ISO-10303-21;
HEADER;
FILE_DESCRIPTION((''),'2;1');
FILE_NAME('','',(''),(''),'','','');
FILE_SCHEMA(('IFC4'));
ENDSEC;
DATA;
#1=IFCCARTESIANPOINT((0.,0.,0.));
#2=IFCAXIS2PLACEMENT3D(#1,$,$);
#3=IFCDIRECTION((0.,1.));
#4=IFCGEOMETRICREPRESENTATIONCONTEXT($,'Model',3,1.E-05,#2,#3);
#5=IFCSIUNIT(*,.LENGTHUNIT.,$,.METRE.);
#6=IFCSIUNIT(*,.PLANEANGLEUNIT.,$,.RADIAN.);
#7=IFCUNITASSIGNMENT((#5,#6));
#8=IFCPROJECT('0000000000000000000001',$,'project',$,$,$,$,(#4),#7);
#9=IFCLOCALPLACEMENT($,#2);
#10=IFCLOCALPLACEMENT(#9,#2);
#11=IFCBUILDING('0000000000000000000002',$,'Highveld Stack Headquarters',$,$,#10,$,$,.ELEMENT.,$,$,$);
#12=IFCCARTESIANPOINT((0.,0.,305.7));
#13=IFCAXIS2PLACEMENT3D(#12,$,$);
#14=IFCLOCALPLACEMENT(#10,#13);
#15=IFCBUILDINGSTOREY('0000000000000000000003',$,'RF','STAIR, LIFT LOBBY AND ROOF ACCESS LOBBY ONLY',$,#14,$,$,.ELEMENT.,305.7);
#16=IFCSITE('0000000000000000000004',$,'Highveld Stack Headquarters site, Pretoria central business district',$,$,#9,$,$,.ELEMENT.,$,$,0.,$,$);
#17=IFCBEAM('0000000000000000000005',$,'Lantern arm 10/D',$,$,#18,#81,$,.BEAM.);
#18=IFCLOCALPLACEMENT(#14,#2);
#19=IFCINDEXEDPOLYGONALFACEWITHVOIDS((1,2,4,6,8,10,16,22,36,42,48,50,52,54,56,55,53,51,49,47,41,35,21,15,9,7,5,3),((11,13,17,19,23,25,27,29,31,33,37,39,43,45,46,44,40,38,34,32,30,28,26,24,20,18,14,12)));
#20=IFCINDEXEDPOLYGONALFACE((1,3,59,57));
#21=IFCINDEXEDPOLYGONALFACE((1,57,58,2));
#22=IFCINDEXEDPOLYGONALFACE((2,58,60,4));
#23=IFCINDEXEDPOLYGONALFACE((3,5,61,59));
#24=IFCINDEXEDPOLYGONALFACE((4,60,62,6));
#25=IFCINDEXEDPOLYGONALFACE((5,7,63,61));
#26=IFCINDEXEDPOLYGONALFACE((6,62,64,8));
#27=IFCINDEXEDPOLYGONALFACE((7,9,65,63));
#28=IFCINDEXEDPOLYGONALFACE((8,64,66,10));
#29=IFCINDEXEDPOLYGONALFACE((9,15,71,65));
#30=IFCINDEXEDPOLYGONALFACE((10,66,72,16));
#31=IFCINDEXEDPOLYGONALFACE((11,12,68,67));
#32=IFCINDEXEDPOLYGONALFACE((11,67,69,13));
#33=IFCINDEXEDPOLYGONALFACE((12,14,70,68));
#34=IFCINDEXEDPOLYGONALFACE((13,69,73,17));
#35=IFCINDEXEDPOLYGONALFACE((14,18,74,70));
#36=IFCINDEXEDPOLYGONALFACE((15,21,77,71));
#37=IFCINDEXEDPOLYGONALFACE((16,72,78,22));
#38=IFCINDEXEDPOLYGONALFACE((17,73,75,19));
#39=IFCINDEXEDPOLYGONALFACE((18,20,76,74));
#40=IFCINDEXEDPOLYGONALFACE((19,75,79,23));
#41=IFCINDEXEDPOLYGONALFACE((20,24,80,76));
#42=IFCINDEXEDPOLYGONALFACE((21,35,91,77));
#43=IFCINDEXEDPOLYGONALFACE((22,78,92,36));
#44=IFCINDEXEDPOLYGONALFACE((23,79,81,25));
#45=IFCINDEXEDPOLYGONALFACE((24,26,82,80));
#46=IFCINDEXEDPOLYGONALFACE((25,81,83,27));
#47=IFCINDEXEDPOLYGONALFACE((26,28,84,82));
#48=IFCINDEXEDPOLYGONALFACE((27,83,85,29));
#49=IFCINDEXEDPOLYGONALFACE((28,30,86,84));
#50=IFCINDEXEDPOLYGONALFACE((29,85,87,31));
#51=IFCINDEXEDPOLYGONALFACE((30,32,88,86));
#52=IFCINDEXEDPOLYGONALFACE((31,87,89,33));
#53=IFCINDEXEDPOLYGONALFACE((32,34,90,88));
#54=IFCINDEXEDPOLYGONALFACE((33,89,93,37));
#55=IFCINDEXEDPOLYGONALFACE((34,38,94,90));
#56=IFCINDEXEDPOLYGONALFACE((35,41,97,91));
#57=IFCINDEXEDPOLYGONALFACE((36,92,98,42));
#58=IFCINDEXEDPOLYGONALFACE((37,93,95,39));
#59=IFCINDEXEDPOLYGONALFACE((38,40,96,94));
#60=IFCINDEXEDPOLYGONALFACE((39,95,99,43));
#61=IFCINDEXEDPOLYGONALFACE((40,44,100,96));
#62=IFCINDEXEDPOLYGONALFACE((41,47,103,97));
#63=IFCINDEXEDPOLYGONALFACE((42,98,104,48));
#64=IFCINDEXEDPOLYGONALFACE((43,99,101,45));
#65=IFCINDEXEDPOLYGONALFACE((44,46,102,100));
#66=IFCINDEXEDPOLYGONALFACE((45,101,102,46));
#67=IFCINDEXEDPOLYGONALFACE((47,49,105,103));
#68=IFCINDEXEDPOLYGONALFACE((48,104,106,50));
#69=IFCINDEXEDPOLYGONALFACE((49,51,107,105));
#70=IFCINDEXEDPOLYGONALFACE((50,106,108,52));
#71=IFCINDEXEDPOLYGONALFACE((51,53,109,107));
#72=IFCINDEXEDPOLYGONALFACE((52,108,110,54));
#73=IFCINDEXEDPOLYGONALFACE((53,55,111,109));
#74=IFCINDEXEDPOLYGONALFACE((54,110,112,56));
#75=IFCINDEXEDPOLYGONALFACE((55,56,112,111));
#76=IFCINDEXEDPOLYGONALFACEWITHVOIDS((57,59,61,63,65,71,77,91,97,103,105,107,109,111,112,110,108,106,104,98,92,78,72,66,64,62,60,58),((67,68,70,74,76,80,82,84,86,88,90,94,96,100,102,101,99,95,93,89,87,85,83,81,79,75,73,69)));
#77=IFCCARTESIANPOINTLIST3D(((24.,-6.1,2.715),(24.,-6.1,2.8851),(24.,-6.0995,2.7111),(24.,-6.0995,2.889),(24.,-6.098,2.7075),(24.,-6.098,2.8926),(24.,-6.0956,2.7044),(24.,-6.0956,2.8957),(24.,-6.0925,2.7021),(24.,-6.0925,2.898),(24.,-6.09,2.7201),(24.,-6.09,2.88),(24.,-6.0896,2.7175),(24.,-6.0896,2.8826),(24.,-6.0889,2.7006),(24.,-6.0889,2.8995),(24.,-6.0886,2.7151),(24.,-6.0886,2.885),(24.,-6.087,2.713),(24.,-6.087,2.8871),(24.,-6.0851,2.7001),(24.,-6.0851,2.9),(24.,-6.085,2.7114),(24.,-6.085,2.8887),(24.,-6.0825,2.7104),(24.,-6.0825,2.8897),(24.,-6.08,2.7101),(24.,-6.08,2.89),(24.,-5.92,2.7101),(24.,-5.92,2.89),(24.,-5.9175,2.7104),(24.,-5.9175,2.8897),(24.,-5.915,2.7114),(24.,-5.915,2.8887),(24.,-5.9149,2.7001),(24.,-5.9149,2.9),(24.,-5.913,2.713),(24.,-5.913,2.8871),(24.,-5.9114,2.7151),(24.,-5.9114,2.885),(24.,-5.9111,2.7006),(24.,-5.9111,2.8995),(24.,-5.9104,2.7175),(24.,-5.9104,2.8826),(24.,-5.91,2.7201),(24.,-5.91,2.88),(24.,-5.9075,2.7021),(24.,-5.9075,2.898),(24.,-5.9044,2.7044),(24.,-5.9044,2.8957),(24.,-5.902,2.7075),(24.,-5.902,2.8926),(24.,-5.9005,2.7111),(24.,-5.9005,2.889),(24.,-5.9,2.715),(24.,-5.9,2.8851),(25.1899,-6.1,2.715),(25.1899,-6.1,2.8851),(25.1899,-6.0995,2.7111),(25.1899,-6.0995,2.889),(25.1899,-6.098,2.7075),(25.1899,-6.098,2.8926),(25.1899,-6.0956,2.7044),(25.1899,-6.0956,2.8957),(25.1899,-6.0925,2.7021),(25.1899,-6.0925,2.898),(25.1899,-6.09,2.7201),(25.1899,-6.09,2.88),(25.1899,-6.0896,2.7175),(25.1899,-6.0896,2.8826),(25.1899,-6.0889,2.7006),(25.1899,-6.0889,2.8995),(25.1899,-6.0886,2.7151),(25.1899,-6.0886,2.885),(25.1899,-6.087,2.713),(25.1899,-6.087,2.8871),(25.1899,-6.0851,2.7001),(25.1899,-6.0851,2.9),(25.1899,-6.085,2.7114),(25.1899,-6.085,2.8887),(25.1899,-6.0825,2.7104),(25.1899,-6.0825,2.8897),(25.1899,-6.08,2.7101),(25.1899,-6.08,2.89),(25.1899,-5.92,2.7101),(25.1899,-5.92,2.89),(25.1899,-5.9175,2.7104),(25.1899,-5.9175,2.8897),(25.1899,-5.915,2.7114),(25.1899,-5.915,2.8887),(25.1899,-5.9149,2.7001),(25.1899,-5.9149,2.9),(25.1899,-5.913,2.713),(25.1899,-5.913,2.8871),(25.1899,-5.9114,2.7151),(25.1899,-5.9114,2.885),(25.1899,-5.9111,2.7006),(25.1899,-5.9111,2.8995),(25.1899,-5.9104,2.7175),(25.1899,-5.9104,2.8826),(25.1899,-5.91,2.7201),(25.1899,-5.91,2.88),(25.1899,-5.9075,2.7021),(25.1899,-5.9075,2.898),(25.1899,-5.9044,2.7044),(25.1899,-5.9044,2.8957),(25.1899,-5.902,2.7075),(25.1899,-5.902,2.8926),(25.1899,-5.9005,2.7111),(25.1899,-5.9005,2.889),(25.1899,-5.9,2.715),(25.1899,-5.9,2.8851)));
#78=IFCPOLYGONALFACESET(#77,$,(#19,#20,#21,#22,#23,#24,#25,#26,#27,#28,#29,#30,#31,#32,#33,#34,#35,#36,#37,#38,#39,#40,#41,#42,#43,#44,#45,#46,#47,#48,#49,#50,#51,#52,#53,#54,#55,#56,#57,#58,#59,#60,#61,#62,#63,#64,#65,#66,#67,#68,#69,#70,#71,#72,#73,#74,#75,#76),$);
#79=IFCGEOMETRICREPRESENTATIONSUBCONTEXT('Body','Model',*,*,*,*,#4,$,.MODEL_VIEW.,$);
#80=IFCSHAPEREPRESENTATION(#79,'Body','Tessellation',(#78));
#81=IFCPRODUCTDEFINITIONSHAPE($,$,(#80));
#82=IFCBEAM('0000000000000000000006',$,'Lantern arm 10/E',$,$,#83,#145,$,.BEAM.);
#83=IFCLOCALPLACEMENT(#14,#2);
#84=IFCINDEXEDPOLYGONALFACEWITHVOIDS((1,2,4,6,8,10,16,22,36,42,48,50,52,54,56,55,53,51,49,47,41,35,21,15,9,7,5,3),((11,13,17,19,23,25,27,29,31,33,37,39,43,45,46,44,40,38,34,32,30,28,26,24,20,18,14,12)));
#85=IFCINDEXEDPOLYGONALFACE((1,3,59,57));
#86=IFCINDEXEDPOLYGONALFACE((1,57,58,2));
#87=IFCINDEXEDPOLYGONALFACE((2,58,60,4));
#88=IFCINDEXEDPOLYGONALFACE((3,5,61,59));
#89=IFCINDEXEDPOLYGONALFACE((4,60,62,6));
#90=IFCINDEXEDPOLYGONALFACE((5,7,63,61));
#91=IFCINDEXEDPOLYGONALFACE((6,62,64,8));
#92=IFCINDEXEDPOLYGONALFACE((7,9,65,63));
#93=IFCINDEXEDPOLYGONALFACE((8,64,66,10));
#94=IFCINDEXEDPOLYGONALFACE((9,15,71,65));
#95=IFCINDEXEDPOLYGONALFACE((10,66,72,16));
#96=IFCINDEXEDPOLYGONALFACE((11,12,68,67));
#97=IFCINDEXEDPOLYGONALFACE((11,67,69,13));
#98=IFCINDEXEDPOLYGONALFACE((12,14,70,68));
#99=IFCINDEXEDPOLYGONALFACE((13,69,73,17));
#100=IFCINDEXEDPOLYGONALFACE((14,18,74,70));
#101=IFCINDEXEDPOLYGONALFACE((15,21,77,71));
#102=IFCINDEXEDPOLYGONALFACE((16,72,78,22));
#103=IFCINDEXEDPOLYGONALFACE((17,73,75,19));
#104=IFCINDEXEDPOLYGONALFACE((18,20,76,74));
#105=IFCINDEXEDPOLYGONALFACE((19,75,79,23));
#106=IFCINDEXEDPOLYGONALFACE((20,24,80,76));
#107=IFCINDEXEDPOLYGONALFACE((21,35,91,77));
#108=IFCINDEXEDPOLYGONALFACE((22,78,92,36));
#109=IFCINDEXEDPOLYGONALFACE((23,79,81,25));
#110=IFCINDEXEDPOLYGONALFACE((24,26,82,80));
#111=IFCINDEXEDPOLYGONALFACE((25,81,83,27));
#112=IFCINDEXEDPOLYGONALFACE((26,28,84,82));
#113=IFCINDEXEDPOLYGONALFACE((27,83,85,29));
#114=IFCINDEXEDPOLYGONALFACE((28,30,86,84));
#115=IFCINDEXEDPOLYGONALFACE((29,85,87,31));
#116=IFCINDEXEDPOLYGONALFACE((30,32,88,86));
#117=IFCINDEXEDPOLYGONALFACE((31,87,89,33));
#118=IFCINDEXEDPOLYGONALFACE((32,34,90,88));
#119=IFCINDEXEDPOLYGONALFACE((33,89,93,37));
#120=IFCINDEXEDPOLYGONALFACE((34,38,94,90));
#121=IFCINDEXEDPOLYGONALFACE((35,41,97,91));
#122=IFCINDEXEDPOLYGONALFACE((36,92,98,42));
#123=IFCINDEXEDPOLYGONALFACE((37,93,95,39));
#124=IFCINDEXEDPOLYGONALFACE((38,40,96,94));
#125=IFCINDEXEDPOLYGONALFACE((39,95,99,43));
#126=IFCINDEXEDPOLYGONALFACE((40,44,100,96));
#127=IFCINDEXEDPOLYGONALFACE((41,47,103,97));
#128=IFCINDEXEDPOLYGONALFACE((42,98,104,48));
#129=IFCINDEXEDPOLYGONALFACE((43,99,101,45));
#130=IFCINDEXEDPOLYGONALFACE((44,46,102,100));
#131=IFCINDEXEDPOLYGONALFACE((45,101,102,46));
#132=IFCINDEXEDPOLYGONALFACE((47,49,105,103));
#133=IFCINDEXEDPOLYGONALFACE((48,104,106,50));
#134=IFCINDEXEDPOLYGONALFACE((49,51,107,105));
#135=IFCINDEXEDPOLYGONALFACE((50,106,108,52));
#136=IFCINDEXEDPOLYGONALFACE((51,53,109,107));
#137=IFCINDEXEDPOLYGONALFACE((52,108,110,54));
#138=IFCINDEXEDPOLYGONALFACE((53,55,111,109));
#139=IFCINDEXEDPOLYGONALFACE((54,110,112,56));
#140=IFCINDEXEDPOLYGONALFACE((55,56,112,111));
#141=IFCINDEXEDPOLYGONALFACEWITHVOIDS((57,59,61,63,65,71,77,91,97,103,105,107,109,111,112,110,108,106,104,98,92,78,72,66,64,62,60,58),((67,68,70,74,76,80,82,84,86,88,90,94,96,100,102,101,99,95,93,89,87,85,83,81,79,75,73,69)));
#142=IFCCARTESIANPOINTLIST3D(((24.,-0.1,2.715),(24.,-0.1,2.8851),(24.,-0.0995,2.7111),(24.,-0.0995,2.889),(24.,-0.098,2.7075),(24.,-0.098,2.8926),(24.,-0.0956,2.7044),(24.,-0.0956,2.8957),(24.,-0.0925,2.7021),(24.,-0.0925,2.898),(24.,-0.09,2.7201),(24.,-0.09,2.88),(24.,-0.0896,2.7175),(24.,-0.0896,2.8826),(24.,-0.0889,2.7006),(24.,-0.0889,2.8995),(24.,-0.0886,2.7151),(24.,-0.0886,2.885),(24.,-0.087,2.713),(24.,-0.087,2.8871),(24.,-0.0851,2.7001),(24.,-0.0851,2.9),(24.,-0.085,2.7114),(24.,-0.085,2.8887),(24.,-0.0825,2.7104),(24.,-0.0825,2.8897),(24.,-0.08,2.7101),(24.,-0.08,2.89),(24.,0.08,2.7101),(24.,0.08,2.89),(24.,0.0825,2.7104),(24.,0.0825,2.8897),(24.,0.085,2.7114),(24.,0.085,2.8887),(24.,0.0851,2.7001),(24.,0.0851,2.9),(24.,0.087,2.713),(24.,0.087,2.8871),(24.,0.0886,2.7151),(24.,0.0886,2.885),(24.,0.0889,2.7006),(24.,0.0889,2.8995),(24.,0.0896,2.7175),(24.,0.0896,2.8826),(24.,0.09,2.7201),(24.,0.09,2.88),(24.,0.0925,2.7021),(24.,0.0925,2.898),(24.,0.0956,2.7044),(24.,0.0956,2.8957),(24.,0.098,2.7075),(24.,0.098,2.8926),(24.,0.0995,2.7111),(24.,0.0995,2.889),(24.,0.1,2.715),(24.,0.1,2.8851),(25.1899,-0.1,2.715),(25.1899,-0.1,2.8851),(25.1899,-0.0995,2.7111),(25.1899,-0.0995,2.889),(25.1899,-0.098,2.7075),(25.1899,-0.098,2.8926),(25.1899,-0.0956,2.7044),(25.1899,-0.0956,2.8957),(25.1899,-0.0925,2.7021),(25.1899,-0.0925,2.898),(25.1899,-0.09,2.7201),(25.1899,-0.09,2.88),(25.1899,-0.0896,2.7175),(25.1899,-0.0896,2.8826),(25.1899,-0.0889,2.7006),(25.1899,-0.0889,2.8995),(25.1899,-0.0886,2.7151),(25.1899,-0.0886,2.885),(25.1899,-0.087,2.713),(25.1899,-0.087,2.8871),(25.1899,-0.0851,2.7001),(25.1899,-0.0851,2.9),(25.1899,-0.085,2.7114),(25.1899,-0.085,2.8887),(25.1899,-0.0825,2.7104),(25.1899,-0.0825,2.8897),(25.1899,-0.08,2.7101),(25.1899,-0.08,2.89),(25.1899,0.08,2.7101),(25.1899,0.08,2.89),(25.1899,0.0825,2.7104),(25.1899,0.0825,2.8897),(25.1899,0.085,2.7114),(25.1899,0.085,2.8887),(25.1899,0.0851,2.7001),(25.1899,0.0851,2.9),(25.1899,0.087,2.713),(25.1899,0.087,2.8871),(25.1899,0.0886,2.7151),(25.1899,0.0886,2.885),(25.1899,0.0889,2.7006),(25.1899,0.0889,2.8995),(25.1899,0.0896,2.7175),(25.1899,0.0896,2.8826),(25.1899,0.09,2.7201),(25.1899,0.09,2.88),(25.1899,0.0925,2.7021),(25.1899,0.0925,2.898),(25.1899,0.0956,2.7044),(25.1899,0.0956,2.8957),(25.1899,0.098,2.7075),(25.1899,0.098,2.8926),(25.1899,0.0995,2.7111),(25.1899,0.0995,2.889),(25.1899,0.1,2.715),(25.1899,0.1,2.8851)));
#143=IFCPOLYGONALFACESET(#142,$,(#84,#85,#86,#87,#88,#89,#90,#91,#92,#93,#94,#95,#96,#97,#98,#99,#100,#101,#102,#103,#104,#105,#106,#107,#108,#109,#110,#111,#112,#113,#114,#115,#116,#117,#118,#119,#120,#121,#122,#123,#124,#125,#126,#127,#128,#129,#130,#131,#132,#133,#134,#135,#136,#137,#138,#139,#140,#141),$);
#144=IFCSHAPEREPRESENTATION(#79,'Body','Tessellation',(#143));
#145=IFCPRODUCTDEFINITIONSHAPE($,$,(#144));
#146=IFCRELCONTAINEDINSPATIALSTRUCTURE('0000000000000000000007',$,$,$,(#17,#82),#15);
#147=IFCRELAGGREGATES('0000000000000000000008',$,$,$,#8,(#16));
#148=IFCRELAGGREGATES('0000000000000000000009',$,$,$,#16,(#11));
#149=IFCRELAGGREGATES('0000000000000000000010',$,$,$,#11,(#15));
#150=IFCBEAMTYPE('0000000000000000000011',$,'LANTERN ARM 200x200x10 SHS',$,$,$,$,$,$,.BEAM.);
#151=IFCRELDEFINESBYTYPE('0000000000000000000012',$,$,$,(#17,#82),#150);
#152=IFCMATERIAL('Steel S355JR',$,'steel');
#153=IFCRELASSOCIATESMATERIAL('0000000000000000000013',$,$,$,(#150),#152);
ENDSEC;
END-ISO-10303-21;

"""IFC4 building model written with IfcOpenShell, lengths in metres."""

from ifc_helpers import new_model, si_unit, direction, frame, origin, origin_2d, place, context, subcontext, project, spatial, hollow_rectangle, extrude, material, material_profile, profile_set, type_object, element, save


model = new_model("IFC4")

# Units and contexts
model_context = context("Model", 3, precision=1e-05, world=origin(), true_north=direction((0.0, 1.0)))
body_context = subcontext(model_context, "Body", "Model", "MODEL_VIEW")
ifc_project = project(units=[si_unit("LENGTHUNIT", "METRE"), si_unit("PLANEANGLEUNIT", "RADIAN")], contexts=[model_context])

# Site, building, storey
site_placement = place(None, origin())
site = spatial("IfcSite", under=ifc_project, at=site_placement, Name="Highveld Stack Headquarters site, Pretoria central business district", CompositionType="ELEMENT", RefElevation=0.0)
building_placement = place(site_placement, origin())
building = spatial("IfcBuilding", under=site, at=building_placement, Name="Highveld Stack Headquarters", CompositionType="ELEMENT")
storey_placement = place(building_placement, frame((0.0, 0.0, 305.7)))
storey = spatial("IfcBuildingStorey", under=building, at=storey_placement, Name="RF", Description="STAIR, LIFT LOBBY AND ROOF ACCESS LOBBY ONLY", CompositionType="ELEMENT", Elevation=305.7)

# Beams
ifc_material_1 = material(Name="Steel S355JR", Category="steel")
ifc_material_profile_1 = material_profile(ifc_material_1, hollow_rectangle(XDim=0.2, YDim=0.2, WallThickness=0.01, InnerFilletRadius=0.01, OuterFilletRadius=0.0149, at=origin_2d()), Name="200x200x10 SHS")
ifc_profile_set_1 = profile_set([ifc_material_profile_1], Name="Steel S355JR")
beam_type_1 = type_object("IfcBeamType", Name="LANTERN ARM 200x200x10 SHS", PredefinedType="BEAM", material=ifc_profile_set_1)
for number, where, z_axis, x_axis, name in (
    (1, (24.0, -6.0, 2.8), (1.0, 0.0, 0.0), (0.0, 1.0, 0.0), "Lantern arm 10/D"),
    (2, (24.0, 0.0, 2.8), (1.0, 0.0, 0.0), (0.0, 1.0, 0.0), "Lantern arm 10/E"),
):
    element("IfcBeam", number, at=place(storey_placement, frame(where, z_axis=z_axis, x_axis=x_axis)), inside=storey, type_object=beam_type_1, Name=name, PredefinedType="BEAM", context=body_context, shape_type="SweptSolid", body=[
        extrude(hollow_rectangle(XDim=0.2, YDim=0.2, WallThickness=0.01, InnerFilletRadius=0.01, OuterFilletRadius=0.0149, at=origin_2d()), origin(), (0.0, 0.0, 1.0), 1.1899),
    ])

save(model, "model.ifc")
